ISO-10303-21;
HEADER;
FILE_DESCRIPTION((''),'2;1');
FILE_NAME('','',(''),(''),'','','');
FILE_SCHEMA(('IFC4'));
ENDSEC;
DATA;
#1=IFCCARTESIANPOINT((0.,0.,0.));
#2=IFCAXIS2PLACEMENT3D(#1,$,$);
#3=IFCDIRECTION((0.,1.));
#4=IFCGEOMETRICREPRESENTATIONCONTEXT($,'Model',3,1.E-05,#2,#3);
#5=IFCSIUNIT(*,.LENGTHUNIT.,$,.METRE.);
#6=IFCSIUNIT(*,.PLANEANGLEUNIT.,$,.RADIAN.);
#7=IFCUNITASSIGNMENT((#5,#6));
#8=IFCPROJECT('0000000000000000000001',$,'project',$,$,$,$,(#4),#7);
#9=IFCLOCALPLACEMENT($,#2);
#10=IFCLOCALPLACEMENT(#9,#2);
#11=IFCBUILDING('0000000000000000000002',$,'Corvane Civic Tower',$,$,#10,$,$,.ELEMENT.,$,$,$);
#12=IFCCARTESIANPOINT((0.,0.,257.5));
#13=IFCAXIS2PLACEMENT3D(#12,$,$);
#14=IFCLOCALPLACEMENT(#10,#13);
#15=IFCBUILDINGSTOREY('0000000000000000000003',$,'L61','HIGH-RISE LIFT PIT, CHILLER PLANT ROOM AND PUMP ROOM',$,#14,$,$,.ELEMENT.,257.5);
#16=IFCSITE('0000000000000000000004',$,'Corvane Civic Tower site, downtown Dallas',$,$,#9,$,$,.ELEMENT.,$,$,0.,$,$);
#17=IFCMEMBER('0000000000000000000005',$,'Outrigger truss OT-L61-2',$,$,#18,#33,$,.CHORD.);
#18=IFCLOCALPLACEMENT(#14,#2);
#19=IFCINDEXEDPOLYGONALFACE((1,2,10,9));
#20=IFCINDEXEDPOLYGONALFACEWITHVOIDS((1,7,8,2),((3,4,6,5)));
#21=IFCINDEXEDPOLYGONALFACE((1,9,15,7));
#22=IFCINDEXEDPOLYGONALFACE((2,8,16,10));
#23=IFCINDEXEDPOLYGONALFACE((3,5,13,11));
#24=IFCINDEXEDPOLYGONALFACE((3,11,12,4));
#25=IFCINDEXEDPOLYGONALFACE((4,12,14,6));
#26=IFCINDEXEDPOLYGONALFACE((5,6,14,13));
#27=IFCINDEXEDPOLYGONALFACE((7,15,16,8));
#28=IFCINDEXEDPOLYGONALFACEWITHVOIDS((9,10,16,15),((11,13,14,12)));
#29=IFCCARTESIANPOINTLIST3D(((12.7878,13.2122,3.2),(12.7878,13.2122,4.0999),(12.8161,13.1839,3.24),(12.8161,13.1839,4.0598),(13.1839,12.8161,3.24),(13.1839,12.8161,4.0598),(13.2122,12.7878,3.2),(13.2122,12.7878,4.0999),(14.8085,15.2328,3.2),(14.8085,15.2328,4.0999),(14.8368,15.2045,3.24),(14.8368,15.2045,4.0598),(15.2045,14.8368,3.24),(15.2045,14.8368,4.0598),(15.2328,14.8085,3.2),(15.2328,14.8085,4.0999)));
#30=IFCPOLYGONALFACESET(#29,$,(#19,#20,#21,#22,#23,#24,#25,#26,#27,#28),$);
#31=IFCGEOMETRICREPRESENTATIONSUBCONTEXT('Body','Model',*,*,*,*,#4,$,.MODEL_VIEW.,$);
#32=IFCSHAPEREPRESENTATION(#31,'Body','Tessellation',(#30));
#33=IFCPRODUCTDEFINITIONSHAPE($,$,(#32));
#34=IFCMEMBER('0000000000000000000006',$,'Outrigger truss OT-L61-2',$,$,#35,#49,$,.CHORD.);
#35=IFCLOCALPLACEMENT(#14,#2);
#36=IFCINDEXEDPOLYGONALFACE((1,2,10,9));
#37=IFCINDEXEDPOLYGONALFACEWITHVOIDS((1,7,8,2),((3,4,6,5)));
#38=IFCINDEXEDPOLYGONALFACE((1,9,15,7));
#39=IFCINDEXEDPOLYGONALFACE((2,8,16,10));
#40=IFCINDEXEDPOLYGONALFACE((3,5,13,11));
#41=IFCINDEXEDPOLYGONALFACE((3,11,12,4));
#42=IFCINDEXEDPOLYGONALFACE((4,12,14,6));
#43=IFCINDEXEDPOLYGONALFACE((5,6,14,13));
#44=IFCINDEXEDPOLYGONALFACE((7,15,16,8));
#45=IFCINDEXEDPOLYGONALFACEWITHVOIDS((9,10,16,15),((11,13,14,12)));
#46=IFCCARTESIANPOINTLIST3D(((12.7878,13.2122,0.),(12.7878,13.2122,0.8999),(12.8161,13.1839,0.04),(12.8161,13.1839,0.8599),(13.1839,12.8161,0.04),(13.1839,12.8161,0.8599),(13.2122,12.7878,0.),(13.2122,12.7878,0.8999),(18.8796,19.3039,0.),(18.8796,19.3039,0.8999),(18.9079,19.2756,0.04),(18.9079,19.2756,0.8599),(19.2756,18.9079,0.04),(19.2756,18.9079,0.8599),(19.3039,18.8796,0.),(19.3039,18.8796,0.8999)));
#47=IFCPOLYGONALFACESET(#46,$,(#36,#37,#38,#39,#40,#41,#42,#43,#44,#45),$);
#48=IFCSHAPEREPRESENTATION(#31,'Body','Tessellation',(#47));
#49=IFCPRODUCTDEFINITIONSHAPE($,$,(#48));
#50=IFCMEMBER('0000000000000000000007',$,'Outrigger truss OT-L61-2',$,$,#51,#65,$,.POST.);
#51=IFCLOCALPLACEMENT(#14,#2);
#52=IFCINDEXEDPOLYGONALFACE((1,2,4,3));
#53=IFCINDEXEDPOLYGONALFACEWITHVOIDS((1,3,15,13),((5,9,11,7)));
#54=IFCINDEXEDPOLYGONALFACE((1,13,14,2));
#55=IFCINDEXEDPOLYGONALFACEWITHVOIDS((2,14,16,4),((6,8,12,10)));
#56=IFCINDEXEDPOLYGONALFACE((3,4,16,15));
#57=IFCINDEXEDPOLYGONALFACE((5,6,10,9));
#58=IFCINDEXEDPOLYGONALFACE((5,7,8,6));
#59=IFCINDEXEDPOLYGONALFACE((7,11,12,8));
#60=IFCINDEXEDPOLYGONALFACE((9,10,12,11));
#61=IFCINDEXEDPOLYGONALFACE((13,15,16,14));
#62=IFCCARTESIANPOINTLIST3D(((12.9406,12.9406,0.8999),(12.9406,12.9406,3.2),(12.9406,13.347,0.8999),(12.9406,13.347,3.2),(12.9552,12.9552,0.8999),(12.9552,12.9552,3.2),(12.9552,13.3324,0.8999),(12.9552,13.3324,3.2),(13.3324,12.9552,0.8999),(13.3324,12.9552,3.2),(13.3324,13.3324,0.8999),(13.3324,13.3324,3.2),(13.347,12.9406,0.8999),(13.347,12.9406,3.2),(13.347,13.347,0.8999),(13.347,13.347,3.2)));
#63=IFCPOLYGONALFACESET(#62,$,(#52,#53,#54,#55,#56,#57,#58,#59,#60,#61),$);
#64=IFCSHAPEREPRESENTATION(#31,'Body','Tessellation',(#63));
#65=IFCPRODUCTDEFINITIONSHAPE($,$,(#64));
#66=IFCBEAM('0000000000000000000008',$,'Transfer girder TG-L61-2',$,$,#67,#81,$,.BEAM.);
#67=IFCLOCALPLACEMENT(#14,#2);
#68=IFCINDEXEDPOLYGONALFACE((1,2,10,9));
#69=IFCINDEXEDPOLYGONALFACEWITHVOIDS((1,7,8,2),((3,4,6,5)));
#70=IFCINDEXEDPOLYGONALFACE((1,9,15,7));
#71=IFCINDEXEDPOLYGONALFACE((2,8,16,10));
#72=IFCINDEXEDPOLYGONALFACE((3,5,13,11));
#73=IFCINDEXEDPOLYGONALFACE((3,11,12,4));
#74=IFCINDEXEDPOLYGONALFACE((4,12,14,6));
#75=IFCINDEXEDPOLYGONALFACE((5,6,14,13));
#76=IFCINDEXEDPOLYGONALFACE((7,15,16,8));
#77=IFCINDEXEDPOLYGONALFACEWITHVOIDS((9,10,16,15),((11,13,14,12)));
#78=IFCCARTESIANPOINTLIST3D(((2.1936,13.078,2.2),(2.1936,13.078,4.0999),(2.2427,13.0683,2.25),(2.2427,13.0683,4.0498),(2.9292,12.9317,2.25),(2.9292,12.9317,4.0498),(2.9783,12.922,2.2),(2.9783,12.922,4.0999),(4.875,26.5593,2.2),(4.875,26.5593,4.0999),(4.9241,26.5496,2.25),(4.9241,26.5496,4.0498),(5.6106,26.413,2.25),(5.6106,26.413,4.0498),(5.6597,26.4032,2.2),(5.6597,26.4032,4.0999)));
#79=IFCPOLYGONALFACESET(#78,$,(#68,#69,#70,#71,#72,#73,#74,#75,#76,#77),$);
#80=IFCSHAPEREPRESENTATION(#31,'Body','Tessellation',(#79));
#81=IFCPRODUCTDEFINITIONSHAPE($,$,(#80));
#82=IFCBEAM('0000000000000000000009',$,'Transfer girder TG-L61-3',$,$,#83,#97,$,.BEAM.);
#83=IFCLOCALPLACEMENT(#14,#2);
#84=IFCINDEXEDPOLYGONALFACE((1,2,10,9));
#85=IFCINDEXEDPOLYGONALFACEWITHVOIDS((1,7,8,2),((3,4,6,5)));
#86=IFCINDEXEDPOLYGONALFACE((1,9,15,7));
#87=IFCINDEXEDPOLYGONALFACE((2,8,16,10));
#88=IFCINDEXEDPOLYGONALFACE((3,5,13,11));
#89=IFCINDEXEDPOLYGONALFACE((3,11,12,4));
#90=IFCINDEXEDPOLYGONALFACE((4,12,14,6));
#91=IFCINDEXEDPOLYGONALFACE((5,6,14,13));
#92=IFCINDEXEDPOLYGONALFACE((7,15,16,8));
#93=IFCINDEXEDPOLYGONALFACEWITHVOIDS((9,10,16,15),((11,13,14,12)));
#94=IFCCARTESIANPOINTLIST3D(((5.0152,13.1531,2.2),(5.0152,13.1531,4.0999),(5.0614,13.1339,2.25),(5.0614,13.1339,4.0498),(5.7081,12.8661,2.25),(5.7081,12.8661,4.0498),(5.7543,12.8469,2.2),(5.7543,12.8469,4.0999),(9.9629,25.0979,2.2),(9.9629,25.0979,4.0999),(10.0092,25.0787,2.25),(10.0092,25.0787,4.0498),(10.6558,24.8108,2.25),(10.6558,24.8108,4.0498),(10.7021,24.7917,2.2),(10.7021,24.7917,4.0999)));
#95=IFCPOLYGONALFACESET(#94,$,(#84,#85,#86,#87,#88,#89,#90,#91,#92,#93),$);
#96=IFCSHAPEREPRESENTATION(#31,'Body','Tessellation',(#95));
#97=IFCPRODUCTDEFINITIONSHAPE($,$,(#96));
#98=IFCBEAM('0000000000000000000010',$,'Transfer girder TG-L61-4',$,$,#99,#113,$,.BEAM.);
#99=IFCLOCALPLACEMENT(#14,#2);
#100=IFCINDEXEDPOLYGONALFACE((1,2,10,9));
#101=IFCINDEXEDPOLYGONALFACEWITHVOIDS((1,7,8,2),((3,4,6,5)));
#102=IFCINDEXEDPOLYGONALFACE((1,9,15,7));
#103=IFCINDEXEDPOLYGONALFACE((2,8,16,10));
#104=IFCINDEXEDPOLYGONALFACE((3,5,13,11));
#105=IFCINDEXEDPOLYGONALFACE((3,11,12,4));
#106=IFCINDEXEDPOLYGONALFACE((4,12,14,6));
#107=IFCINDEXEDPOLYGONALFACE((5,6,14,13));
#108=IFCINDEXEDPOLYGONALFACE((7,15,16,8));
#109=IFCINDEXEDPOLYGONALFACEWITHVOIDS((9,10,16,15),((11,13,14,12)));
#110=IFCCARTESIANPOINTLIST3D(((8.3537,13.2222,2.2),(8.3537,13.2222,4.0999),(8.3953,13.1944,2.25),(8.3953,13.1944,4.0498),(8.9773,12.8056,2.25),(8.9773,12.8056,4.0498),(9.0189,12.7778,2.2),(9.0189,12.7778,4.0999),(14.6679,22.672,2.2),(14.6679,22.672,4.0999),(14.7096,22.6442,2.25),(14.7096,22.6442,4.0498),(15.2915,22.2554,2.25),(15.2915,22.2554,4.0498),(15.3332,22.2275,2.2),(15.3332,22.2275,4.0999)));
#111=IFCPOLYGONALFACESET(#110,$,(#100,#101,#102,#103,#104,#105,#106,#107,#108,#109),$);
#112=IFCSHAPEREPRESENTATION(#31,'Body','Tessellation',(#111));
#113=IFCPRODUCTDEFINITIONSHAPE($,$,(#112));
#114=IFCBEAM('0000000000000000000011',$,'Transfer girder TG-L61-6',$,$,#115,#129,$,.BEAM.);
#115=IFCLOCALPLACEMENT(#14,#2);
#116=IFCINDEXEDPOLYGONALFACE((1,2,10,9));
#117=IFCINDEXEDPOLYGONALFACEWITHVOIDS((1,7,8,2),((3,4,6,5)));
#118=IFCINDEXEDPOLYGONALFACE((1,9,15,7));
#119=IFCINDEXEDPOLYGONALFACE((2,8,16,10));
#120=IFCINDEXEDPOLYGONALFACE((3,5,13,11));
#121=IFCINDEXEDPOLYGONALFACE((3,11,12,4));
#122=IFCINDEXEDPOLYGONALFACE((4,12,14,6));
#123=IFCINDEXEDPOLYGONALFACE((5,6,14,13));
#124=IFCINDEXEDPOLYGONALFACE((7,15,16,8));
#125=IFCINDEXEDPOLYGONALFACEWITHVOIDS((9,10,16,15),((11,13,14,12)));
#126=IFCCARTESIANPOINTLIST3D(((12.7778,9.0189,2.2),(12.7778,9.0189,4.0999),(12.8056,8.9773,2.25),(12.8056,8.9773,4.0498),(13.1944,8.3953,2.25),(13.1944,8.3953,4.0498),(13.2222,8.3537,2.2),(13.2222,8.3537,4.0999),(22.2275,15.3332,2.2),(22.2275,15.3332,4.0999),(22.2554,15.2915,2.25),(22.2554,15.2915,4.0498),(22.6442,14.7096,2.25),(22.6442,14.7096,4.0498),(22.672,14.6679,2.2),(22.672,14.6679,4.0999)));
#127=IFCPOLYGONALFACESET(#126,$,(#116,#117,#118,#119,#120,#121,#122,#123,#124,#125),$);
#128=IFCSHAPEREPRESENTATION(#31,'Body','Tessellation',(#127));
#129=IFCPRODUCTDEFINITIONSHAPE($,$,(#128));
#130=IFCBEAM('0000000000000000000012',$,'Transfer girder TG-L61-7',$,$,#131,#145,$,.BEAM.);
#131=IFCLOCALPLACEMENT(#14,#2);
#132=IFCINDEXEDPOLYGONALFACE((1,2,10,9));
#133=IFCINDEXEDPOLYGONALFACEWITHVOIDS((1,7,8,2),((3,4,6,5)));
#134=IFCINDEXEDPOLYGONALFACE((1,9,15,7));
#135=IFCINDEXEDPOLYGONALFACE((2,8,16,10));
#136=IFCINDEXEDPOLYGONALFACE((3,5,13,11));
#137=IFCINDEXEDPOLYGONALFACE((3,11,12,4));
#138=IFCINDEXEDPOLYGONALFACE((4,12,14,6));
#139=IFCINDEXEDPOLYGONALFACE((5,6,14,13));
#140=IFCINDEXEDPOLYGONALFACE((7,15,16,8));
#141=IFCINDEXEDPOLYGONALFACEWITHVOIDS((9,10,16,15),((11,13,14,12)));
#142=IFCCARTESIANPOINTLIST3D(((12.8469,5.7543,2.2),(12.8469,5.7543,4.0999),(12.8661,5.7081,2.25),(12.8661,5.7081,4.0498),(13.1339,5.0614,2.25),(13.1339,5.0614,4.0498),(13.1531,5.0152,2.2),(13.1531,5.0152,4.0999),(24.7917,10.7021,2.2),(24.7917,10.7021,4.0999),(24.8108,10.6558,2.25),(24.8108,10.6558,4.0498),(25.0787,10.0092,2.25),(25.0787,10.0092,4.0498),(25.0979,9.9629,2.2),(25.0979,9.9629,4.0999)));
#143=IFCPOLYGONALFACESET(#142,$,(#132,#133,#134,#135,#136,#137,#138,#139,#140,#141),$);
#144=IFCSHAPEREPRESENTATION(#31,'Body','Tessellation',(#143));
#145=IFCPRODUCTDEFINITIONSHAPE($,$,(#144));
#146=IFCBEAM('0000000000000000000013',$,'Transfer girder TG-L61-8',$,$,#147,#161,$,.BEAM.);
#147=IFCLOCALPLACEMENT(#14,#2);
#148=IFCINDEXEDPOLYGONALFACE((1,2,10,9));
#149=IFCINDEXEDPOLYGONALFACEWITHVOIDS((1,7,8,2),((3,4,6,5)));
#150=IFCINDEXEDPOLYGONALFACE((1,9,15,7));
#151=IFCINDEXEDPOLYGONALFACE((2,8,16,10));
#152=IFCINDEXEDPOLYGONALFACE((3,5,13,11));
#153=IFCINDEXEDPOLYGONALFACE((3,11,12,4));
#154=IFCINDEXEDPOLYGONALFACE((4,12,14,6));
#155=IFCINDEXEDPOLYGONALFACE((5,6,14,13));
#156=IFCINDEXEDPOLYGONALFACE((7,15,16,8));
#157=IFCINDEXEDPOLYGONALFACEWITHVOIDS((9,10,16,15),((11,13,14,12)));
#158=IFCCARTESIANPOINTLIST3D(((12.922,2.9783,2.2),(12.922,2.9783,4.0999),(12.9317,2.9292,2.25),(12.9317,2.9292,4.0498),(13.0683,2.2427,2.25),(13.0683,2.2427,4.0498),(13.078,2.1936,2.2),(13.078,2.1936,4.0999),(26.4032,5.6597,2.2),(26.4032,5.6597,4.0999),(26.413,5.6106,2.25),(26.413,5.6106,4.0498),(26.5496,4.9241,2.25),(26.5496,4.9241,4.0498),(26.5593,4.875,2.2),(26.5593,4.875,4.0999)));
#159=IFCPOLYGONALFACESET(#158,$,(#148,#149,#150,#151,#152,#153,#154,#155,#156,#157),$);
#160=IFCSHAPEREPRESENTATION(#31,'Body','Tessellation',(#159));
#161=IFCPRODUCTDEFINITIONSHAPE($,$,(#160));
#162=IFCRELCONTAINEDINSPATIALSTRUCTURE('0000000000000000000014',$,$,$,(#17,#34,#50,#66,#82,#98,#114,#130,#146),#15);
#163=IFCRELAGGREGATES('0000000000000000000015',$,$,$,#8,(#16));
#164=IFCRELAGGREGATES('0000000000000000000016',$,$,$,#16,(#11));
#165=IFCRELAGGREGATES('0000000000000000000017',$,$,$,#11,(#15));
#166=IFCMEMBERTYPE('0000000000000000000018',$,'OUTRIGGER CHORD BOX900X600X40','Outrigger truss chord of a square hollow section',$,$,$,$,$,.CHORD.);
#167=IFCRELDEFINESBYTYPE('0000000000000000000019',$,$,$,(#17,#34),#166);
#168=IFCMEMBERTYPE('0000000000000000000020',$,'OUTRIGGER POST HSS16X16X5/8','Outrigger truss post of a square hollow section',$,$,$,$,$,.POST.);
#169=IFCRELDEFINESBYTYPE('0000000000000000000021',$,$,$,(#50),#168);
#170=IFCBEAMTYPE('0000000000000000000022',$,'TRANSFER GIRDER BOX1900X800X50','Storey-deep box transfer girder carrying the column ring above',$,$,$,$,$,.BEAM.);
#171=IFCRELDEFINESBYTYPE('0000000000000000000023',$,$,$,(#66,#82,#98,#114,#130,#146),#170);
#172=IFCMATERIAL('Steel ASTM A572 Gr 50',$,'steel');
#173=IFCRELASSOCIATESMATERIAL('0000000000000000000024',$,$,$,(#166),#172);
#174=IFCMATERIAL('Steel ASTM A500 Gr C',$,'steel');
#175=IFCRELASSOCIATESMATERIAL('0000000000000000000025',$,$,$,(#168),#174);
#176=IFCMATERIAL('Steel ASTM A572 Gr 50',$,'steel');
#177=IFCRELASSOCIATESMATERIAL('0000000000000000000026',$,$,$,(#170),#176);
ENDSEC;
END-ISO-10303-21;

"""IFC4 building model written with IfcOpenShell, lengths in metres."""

from ifc_helpers import new_model, si_unit, direction, frame, origin, origin_2d, place, context, subcontext, project, spatial, hollow_rectangle, extrude, material, material_profile, profile_set, type_object, element, save


model = new_model("IFC4")

# Units and contexts
model_context = context("Model", 3, precision=1e-05, world=origin(), true_north=direction((0.0, 1.0)))
body_context = subcontext(model_context, "Body", "Model", "MODEL_VIEW")
ifc_project = project(units=[si_unit("LENGTHUNIT", "METRE"), si_unit("PLANEANGLEUNIT", "RADIAN")], contexts=[model_context])

# Site, building, storey
site_placement = place(None, origin())
site = spatial("IfcSite", under=ifc_project, at=site_placement, Name="Corvane Civic Tower site, downtown Dallas", CompositionType="ELEMENT", RefElevation=0.0)
building_placement = place(site_placement, origin())
building = spatial("IfcBuilding", under=site, at=building_placement, Name="Corvane Civic Tower", CompositionType="ELEMENT")
storey_placement = place(building_placement, frame((0.0, 0.0, 257.5)))
storey = spatial("IfcBuildingStorey", under=building, at=storey_placement, Name="L61", Description="HIGH-RISE LIFT PIT, CHILLER PLANT ROOM AND PUMP ROOM", CompositionType="ELEMENT", Elevation=257.5)

# Members
ifc_material_1 = material(Name="Steel ASTM A572 Gr 50", Category="steel")
ifc_material_profile_1 = material_profile(ifc_material_1, hollow_rectangle(XDim=0.6001, YDim=0.8999, WallThickness=0.04, at=origin_2d()), Name="BOX900X600X40")
ifc_profile_set_1 = profile_set([ifc_material_profile_1], Name="Steel ASTM A572 Gr 50")
member_type_1 = type_object("IfcMemberType", Name="OUTRIGGER CHORD BOX900X600X40", Description="Outrigger truss chord of a square hollow section", PredefinedType="CHORD", material=ifc_profile_set_1)
member_1_placement = place(storey_placement, frame((13.0, 13.0, 3.6499), z_axis=(0.707107, 0.707107, 0.0), x_axis=(-0.707107, 0.707107, 0.0)))
element("IfcMember", 1, at=member_1_placement, inside=storey, type_object=member_type_1, Name="Outrigger truss OT-L61-2", PredefinedType="CHORD", context=body_context, shape_type="SweptSolid", body=[
    extrude(hollow_rectangle(XDim=0.6001, YDim=0.8999, WallThickness=0.04, at=origin_2d()), origin(), (0.0, 0.0, 1.0), 2.8577),
])
member_2_placement = place(storey_placement, frame((13.0, 13.0, 0.45), z_axis=(0.707107, 0.707107, 0.0), x_axis=(-0.707107, 0.707107, 0.0)))
element("IfcMember", 2, at=member_2_placement, inside=storey, type_object=member_type_1, Name="Outrigger truss OT-L61-2", PredefinedType="CHORD", context=body_context, shape_type="SweptSolid", body=[
    extrude(hollow_rectangle(XDim=0.6001, YDim=0.8999, WallThickness=0.04, at=origin_2d()), origin(), (0.0, 0.0, 1.0), 8.615),
])
ifc_material_2 = material(Name="Steel ASTM A500 Gr C", Category="steel")
ifc_material_profile_2 = material_profile(ifc_material_2, hollow_rectangle(XDim=0.4065, YDim=0.4065, WallThickness=0.0146, at=origin_2d()), Name="HSS16X16X5/8")
ifc_profile_set_2 = profile_set([ifc_material_profile_2], Name="Steel ASTM A500 Gr C")
member_type_2 = type_object("IfcMemberType", Name="OUTRIGGER POST HSS16X16X5/8", Description="Outrigger truss post of a square hollow section", PredefinedType="POST", material=ifc_profile_set_2)
member_3_placement = place(storey_placement, frame((13.1438, 13.1438, 0.8999), z_axis=(0.0, 0.0, 1.0), x_axis=(1.0, 0.0, 0.0)))
element("IfcMember", 3, at=member_3_placement, inside=storey, type_object=member_type_2, Name="Outrigger truss OT-L61-2", PredefinedType="POST", context=body_context, shape_type="SweptSolid", body=[
    extrude(hollow_rectangle(XDim=0.4065, YDim=0.4065, WallThickness=0.0146, at=origin_2d()), origin(), (0.0, 0.0, 1.0), 2.3),
])

# Beams
ifc_material_3 = material(Name="Steel ASTM A572 Gr 50", Category="steel")
ifc_material_profile_3 = material_profile(ifc_material_3, hollow_rectangle(XDim=0.8, YDim=1.8999, WallThickness=0.05, at=origin_2d()), Name="BOX1900X800X50")
ifc_profile_set_3 = profile_set([ifc_material_profile_3], Name="Steel ASTM A572 Gr 50")
beam_type_1 = type_object("IfcBeamType", Name="TRANSFER GIRDER BOX1900X800X50", Description="Storey-deep box transfer girder carrying the column ring above", PredefinedType="BEAM", material=ifc_profile_set_3)
beam_1_placement = place(storey_placement, frame((2.5859, 13.0, 3.1499), z_axis=(0.195078, 0.980788, 0.0), x_axis=(-0.980788, 0.195078, 0.0)))
element("IfcBeam", 4, at=beam_1_placement, inside=storey, type_object=beam_type_1, Name="Transfer girder TG-L61-2", PredefinedType="BEAM", context=body_context, shape_type="SweptSolid", body=[
    extrude(hollow_rectangle(XDim=0.8, YDim=1.8999, WallThickness=0.05, at=origin_2d()), origin(), (0.0, 0.0, 1.0), 13.7454),
])
beam_2_placement = place(storey_placement, frame((5.3848, 13.0, 3.1499), z_axis=(0.382686, 0.923878, 0.0), x_axis=(-0.923878, 0.382686, 0.0)))
element("IfcBeam", 5, at=beam_2_placement, inside=storey, type_object=beam_type_1, Name="Transfer girder TG-L61-3", PredefinedType="BEAM", context=body_context, shape_type="SweptSolid", body=[
    extrude(hollow_rectangle(XDim=0.8, YDim=1.8999, WallThickness=0.05, at=origin_2d()), origin(), (0.0, 0.0, 1.0), 12.929),
])
for number, where, z_axis, x_axis, name in (
    (6, (8.6863, 13.0, 3.1499), (0.555577, 0.831465, 0.0), (-0.831465, 0.555577, 0.0), "Transfer girder TG-L61-4"),
    (7, (13.0, 8.6863, 3.1499), (0.831465, 0.555577, 0.0), (-0.555577, 0.831465, 0.0), "Transfer girder TG-L61-6"),
):
    element("IfcBeam", number, at=place(storey_placement, frame(where, z_axis=z_axis, x_axis=x_axis)), inside=storey, type_object=beam_type_1, Name=name, PredefinedType="BEAM", context=body_context, shape_type="SweptSolid", body=[
        extrude(hollow_rectangle(XDim=0.8, YDim=1.8999, WallThickness=0.05, at=origin_2d()), origin(), (0.0, 0.0, 1.0), 11.3652),
    ])
beam_3_placement = place(storey_placement, frame((13.0, 5.3848, 3.1499), z_axis=(0.923878, 0.382686, 0.0), x_axis=(-0.382686, 0.923878, 0.0)))
element("IfcBeam", 8, at=beam_3_placement, inside=storey, type_object=beam_type_1, Name="Transfer girder TG-L61-7", PredefinedType="BEAM", context=body_context, shape_type="SweptSolid", body=[
    extrude(hollow_rectangle(XDim=0.8, YDim=1.8999, WallThickness=0.05, at=origin_2d()), origin(), (0.0, 0.0, 1.0), 12.929),
])
beam_4_placement = place(storey_placement, frame((13.0, 2.5859, 3.1499), z_axis=(0.980788, 0.195078, 0.0), x_axis=(-0.195078, 0.980788, 0.0)))
element("IfcBeam", 9, at=beam_4_placement, inside=storey, type_object=beam_type_1, Name="Transfer girder TG-L61-8", PredefinedType="BEAM", context=body_context, shape_type="SweptSolid", body=[
    extrude(hollow_rectangle(XDim=0.8, YDim=1.8999, WallThickness=0.05, at=origin_2d()), origin(), (0.0, 0.0, 1.0), 13.7454),
])

save(model, "model.ifc")
